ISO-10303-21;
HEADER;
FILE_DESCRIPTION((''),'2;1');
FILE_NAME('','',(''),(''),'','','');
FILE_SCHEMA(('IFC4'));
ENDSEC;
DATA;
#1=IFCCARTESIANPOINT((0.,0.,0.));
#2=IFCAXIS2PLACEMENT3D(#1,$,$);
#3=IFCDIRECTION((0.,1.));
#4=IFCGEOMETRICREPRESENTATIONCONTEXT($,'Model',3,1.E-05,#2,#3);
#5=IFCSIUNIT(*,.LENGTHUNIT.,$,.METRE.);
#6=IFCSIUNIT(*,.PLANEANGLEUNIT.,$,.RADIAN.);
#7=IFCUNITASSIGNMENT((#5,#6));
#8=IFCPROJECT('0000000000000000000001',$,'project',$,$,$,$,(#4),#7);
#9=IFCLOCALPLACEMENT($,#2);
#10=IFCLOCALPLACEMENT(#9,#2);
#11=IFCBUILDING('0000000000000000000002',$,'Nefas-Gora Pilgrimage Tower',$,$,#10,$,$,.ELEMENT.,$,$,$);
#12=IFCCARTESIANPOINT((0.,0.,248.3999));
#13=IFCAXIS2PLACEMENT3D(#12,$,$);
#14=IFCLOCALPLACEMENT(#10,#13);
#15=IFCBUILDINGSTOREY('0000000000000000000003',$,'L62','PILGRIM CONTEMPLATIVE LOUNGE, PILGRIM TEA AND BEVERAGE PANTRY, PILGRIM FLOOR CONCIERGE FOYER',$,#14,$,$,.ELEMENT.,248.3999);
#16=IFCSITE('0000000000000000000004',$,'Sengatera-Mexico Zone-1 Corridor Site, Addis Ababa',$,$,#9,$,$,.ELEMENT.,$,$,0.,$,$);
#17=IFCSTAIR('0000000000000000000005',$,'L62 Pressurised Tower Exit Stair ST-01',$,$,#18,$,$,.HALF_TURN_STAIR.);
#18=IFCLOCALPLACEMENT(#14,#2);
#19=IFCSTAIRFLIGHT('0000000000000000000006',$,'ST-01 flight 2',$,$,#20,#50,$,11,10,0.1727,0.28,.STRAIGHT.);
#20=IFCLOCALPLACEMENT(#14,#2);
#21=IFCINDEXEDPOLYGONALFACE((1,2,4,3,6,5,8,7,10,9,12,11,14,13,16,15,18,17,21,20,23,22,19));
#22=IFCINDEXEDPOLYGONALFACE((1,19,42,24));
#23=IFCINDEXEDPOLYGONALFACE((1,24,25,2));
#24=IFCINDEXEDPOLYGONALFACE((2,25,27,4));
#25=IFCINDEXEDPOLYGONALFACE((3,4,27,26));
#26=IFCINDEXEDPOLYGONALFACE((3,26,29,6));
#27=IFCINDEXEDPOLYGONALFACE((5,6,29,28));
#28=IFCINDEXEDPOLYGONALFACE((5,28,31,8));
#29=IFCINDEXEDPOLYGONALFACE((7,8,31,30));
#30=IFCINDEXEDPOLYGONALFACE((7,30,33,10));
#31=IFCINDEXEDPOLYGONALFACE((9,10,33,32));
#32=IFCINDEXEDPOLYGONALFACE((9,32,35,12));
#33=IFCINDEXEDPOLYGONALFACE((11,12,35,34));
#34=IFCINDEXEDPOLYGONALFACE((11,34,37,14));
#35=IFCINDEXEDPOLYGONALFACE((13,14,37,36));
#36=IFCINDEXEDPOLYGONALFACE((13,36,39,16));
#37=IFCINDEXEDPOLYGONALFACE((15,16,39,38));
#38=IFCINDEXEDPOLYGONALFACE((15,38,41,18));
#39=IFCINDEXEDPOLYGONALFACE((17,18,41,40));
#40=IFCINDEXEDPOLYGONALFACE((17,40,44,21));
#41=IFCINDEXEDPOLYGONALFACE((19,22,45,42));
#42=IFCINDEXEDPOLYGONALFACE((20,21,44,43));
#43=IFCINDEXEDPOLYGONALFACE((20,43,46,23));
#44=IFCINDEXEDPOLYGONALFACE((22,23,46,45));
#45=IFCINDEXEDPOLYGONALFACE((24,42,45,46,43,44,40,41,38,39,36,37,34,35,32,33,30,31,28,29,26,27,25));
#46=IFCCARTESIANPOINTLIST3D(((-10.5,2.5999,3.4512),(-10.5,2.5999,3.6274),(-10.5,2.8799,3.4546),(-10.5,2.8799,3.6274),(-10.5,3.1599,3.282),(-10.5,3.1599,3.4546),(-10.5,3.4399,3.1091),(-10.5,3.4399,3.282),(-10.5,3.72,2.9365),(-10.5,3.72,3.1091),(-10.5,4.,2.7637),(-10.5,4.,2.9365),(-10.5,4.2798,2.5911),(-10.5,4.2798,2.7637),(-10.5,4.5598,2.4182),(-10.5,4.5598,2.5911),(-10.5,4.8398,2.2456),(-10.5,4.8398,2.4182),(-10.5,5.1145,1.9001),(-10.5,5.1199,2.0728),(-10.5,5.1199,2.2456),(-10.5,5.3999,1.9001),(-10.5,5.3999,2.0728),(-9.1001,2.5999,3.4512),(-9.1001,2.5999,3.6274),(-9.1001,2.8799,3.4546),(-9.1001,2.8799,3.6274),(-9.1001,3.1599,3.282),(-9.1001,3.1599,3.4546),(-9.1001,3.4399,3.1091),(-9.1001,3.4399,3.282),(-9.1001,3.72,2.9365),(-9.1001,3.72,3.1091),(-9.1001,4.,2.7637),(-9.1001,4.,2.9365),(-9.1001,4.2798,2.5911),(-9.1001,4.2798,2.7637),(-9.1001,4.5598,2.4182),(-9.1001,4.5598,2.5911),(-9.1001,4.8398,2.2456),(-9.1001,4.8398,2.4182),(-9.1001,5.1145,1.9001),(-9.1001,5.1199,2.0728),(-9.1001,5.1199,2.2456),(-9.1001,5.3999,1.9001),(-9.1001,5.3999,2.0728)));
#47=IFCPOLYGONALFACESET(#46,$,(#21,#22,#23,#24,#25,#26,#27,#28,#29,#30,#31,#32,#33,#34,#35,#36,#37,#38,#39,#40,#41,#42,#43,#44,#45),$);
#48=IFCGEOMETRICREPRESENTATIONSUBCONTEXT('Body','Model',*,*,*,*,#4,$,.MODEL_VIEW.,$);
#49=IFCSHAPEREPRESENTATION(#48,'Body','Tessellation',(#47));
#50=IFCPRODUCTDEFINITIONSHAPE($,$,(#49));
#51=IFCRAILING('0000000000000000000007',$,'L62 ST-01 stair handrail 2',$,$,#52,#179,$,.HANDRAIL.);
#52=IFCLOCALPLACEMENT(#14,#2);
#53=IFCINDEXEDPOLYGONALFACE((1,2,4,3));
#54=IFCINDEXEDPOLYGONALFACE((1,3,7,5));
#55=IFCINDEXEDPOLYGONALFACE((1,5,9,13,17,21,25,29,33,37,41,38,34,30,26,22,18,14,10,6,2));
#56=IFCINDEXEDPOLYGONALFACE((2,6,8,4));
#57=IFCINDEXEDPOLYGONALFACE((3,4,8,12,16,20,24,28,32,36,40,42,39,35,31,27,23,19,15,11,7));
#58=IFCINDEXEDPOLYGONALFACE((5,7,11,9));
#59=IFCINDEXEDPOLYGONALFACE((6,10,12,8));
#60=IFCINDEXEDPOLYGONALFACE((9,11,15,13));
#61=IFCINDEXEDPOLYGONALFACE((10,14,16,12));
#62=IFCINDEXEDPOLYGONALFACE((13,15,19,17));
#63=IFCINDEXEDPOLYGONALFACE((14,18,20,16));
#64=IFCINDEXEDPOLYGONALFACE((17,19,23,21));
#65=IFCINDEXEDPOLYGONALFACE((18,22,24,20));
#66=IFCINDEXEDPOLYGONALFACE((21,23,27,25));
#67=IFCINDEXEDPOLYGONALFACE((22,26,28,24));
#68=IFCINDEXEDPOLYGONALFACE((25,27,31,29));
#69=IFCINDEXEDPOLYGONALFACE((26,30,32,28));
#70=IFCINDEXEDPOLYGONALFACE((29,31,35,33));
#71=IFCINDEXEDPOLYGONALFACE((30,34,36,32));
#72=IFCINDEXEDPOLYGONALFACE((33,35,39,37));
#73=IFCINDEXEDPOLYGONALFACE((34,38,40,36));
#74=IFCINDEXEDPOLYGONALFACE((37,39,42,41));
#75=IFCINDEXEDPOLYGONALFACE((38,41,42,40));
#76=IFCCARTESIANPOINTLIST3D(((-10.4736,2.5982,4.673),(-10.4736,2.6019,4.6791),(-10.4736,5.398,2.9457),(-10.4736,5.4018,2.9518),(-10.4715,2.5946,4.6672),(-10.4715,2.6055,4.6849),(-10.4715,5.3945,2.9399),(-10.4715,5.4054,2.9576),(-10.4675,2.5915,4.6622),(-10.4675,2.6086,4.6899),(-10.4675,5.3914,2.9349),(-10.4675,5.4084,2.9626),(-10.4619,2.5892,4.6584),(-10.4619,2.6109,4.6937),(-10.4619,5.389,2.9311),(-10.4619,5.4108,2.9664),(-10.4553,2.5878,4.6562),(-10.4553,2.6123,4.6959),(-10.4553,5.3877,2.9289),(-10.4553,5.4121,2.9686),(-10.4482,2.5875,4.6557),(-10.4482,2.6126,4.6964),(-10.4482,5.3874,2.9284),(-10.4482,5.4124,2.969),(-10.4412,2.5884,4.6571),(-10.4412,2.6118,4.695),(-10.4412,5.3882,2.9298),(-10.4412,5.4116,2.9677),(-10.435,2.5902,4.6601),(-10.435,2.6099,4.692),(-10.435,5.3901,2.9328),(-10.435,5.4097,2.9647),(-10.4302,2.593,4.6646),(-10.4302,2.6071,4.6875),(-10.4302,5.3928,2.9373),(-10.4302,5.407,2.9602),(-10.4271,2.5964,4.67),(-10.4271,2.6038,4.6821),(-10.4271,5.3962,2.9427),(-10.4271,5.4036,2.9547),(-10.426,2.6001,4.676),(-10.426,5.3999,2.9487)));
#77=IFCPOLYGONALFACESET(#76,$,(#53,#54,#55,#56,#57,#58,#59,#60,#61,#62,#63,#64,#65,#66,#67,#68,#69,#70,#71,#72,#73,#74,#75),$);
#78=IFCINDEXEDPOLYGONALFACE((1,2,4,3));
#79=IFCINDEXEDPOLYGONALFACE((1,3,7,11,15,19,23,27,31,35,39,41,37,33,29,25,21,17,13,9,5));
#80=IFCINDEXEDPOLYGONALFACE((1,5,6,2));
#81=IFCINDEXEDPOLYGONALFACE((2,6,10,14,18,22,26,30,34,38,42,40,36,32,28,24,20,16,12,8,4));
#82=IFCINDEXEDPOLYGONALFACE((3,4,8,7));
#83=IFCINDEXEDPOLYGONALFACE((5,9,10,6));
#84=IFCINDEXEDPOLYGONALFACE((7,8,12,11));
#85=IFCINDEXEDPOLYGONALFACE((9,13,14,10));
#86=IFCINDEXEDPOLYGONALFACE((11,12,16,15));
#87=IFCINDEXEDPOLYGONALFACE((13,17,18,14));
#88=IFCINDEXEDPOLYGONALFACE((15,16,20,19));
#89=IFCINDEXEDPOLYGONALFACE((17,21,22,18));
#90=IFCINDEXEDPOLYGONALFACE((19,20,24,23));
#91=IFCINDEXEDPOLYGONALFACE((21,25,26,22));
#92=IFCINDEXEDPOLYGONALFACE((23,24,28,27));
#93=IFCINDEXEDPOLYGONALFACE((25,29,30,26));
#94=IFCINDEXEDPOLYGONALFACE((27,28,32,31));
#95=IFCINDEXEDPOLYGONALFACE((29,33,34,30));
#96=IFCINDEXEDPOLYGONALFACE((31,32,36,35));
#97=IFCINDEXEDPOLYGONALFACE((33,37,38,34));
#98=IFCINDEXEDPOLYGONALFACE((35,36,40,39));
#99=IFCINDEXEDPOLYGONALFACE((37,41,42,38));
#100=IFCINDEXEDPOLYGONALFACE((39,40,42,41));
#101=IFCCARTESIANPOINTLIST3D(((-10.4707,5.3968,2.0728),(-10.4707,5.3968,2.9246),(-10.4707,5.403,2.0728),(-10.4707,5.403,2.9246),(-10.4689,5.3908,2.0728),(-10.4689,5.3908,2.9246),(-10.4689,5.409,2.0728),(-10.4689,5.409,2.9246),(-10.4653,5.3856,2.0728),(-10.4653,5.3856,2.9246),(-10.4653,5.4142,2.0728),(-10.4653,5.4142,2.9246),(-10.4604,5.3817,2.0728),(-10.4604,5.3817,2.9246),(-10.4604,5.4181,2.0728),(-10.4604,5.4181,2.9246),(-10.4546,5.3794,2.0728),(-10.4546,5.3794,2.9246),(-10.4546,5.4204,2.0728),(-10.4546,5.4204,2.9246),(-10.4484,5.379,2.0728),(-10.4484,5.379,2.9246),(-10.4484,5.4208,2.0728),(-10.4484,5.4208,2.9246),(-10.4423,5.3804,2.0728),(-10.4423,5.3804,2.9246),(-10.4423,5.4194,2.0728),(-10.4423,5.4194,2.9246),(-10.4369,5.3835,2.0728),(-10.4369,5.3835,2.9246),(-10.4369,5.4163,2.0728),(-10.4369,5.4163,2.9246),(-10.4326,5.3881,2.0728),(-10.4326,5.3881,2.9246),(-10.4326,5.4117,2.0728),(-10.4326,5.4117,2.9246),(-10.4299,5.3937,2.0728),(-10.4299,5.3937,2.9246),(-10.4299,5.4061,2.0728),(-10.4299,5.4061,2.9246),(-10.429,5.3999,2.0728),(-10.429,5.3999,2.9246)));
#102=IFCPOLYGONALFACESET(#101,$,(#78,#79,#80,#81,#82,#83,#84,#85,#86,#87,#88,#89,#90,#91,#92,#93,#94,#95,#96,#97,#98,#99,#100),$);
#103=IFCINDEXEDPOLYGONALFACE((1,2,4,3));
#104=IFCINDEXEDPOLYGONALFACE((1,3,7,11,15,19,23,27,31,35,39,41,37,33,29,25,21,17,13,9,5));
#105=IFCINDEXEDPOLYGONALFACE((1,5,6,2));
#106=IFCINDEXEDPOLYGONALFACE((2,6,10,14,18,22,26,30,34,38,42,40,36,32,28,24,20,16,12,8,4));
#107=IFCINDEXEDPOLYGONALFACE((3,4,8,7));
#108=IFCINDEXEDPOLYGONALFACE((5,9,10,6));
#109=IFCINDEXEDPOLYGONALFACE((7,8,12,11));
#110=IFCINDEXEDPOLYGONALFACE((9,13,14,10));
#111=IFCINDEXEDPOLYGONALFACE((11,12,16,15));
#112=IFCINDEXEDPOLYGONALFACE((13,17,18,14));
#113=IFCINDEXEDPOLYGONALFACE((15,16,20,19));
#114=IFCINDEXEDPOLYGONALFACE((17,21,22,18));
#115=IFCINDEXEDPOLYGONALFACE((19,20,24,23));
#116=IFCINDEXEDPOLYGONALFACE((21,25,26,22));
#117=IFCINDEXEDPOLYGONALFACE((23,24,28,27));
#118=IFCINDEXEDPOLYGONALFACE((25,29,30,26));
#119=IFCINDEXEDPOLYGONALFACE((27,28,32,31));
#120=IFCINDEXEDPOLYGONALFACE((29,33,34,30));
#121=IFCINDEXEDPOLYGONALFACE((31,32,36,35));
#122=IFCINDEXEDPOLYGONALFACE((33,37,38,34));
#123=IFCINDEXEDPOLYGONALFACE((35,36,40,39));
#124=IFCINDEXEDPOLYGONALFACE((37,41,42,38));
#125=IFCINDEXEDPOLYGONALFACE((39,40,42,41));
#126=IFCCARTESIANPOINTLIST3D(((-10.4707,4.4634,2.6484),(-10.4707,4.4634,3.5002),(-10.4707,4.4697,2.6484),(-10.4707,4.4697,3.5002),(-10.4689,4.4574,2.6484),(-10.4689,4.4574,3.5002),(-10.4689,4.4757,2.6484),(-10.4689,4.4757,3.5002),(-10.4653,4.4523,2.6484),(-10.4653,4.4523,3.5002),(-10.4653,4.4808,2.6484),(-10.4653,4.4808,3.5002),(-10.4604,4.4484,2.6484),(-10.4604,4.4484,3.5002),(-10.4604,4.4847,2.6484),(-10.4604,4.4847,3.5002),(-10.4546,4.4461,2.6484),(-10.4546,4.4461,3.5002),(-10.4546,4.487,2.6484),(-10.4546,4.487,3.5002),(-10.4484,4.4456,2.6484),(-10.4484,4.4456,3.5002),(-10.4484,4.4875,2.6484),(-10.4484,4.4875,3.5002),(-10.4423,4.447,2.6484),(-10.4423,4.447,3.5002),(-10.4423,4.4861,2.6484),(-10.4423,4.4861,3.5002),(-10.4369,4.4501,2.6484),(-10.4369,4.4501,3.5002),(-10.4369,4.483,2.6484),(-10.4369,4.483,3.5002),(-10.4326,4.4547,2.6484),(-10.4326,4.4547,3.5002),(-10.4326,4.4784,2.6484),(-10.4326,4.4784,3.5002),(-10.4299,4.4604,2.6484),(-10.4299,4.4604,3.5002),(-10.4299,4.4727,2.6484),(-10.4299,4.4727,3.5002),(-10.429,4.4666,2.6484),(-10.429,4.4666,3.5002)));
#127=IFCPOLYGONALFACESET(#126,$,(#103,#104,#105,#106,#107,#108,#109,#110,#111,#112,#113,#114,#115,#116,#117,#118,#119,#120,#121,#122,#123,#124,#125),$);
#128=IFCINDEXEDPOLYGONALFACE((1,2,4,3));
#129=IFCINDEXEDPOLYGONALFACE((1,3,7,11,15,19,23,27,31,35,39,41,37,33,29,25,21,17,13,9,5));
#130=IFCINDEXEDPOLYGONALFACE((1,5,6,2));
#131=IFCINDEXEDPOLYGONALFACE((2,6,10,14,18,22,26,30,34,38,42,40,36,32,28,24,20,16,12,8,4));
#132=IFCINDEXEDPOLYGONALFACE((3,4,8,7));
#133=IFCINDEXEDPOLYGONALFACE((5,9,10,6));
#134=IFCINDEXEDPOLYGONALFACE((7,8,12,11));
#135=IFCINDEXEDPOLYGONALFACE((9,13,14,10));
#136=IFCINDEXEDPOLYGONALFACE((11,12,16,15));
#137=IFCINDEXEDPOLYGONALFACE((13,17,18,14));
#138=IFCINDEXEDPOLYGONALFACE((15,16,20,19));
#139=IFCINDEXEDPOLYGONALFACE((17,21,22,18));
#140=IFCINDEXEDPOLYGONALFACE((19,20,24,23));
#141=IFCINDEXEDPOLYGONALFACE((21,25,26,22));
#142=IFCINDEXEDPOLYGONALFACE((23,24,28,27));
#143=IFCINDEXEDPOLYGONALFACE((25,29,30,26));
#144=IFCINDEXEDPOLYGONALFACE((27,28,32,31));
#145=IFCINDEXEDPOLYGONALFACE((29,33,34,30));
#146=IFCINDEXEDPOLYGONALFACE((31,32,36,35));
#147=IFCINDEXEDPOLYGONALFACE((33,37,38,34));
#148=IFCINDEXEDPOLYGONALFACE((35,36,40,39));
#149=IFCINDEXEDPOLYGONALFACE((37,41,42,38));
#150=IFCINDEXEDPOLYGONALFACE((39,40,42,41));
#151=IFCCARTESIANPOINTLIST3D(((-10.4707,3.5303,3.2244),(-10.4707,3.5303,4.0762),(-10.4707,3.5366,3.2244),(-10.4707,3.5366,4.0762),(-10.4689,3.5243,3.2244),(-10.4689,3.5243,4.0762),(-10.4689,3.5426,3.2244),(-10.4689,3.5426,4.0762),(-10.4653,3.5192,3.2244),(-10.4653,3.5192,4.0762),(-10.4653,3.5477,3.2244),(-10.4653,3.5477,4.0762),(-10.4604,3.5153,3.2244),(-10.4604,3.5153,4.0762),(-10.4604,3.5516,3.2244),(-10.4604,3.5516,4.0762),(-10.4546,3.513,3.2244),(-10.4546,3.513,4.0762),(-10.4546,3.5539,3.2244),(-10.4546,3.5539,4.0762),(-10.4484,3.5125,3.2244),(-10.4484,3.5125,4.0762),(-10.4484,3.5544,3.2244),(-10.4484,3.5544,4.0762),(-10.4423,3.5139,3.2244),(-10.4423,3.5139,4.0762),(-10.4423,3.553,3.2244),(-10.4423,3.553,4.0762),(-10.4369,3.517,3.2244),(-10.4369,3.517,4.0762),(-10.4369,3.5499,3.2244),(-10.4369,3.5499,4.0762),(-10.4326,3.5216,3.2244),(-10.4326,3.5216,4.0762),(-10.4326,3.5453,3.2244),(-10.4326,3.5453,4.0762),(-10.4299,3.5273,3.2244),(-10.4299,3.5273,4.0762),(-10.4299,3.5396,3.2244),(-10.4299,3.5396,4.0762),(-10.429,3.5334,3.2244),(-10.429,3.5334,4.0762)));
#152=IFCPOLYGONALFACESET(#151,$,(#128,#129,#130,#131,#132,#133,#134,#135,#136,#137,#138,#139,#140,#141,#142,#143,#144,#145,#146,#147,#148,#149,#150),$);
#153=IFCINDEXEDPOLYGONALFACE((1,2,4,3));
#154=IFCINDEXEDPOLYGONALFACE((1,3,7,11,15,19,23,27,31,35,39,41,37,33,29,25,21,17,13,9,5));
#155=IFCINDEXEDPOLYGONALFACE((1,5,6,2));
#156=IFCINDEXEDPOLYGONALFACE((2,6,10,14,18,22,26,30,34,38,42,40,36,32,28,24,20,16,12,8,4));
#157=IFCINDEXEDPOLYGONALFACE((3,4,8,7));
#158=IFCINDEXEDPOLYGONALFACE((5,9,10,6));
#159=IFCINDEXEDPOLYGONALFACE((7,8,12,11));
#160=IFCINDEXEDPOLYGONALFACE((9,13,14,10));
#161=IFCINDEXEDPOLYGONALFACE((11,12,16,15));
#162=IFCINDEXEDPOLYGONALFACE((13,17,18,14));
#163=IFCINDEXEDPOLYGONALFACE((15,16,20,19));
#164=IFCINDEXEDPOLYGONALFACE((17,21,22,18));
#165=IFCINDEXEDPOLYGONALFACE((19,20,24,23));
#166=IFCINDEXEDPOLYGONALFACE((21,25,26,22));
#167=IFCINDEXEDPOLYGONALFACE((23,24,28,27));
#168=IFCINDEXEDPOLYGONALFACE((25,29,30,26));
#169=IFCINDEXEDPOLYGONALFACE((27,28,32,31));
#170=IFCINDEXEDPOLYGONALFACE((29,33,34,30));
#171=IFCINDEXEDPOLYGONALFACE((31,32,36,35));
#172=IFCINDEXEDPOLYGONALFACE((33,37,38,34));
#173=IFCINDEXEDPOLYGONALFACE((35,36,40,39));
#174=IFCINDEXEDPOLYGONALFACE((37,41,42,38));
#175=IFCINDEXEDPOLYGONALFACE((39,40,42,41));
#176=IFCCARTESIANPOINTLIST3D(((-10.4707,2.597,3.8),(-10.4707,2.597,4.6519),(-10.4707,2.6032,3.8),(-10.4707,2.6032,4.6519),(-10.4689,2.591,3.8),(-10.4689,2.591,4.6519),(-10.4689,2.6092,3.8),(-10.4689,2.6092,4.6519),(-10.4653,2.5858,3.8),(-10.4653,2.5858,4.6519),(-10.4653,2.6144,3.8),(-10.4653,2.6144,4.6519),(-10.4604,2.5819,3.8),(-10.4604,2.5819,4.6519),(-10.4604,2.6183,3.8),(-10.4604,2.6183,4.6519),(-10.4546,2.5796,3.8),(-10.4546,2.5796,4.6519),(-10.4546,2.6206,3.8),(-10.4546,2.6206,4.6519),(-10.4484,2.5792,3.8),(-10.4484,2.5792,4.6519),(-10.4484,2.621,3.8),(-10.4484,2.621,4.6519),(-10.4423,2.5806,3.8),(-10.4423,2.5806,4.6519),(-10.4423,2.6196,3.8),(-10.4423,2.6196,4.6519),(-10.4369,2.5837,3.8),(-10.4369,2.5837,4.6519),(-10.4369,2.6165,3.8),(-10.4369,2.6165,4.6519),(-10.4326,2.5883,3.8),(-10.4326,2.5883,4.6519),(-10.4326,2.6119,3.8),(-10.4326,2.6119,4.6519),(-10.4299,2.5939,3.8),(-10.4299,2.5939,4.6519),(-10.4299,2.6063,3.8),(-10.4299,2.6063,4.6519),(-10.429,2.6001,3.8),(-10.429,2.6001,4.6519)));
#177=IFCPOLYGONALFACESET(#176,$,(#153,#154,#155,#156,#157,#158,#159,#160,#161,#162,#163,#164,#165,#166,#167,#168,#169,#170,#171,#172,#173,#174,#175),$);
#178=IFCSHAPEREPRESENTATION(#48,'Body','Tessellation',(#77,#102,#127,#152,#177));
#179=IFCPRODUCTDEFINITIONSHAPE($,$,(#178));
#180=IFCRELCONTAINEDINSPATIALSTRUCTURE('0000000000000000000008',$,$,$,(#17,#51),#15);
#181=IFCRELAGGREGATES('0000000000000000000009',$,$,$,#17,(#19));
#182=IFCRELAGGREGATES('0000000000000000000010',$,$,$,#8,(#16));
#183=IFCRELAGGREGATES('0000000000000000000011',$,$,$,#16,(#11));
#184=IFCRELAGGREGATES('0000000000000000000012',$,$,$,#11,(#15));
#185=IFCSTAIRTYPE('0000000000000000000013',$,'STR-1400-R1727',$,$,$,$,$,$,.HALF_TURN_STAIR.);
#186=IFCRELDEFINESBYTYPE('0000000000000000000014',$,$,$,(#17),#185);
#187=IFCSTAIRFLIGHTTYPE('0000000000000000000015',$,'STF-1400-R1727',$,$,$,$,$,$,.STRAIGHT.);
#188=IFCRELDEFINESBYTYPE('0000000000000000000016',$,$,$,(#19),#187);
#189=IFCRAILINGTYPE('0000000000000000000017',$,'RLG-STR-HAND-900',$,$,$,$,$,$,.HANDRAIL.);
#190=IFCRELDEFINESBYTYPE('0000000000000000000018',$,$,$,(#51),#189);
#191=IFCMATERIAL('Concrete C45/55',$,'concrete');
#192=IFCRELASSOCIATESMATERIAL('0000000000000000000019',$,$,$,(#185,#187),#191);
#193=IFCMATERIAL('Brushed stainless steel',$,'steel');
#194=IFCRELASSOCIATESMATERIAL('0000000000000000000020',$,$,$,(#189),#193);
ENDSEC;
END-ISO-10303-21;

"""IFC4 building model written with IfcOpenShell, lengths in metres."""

from ifc_helpers import new_model, si_unit, direction, frame, origin, origin_2d, place, context, subcontext, project, spatial, polyline, circle, outline, extrude, source, transform, mapped, material, type_object, element, aggregate, save


model = new_model("IFC4")

# Units and contexts
model_context = context("Model", 3, precision=1e-05, world=origin(), true_north=direction((0.0, 1.0)))
body_context = subcontext(model_context, "Body", "Model", "MODEL_VIEW")
ifc_project = project(units=[si_unit("LENGTHUNIT", "METRE"), si_unit("PLANEANGLEUNIT", "RADIAN")], contexts=[model_context])

# Site, building, storey
site_placement = place(None, origin())
site = spatial("IfcSite", under=ifc_project, at=site_placement, Name="Sengatera-Mexico Zone-1 Corridor Site, Addis Ababa", CompositionType="ELEMENT", RefElevation=0.0)
building_placement = place(site_placement, origin())
building = spatial("IfcBuilding", under=site, at=building_placement, Name="Nefas-Gora Pilgrimage Tower", CompositionType="ELEMENT")
storey_placement = place(building_placement, frame((0.0, 0.0, 248.3999)))
storey = spatial("IfcBuildingStorey", under=building, at=storey_placement, Name="L62", Description="PILGRIM CONTEMPLATIVE LOUNGE, PILGRIM TEA AND BEVERAGE PANTRY, PILGRIM FLOOR CONCIERGE FOYER", CompositionType="ELEMENT", Elevation=248.3999)

# Shared definitions
ifc_material_1 = material(Name="Concrete C45/55", Category="concrete")

# Stair, stair flight
stair_type = type_object("IfcStairType", Name="STR-1400-R1727", PredefinedType="HALF_TURN_STAIR", material=ifc_material_1)
stair_placement = place(storey_placement, origin())
stair = element("IfcStair", 1, at=stair_placement, inside=storey, type_object=stair_type, Name="L62 Pressurised Tower Exit Stair ST-01", PredefinedType="HALF_TURN_STAIR")
stair_flight_type = type_object("IfcStairFlightType", Name="STF-1400-R1727", PredefinedType="STRAIGHT", material=ifc_material_1)
shared_shape_1 = source(origin(), body_context, "Body", "SweptSolid", [
    extrude(outline(polyline([(0.0, 0.0), (0.0, 0.1726), (0.28, 0.1726), (0.28, 0.3455), (0.5601, 0.3455), (0.5601, 0.5181), (0.8401, 0.5181), (0.8401, 0.6909), (1.1201, 0.6909), (1.1201, 0.8635), (1.3999, 0.8635), (1.3999, 1.0364), (1.6799, 1.0364), (1.6799, 1.209), (1.96, 1.209), (1.96, 1.3818), (2.24, 1.3818), (2.24, 1.5544), (2.52, 1.5544), (2.52, 1.7273), (2.8, 1.7273), (2.8, 1.8999), (2.8, 1.551), (0.2854, 0.0), (0.0, 0.0)])), frame((0.0, 0.7, 0.0), z_axis=(0.0, -1.0, 0.0), x_axis=(1.0, 0.0, 0.0)), (0.0, 0.0, 1.0), 1.3999),
])
stair_flight_placement = place(storey_placement, frame((-9.8, 5.3999, 1.9001), z_axis=(0.0, 0.0, 1.0), x_axis=(0.0, -1.0, 0.0)))
stair_flight = element("IfcStairFlight", 2, at=stair_flight_placement, type_object=stair_flight_type, Name="ST-01 flight 2", NumberOfRisers=11, NumberOfTreads=10, PredefinedType="STRAIGHT", RiserHeight=0.1727, TreadLength=0.28, context=body_context, shape_type="MappedRepresentation", body=[
    mapped(shared_shape_1, transform((0.0, 0.0, 0.0), x_axis=(1.0, 0.0, 0.0), y_axis=(0.0, 1.0, 0.0), z_axis=(0.0, 0.0, 1.0), scale=1.0)),
])
aggregate(stair, [stair_flight])

# Railing
ifc_material_2 = material(Name="Brushed stainless steel", Category="steel")
railing_type = type_object("IfcRailingType", Name="RLG-STR-HAND-900", PredefinedType="HANDRAIL", material=ifc_material_2)
railing_placement = place(storey_placement, frame((-10.45, 5.3999, 2.0728)))
element("IfcRailing", 3, at=railing_placement, inside=storey, type_object=railing_type, Name="L62 ST-01 stair handrail 2", PredefinedType="HANDRAIL", context=body_context, shape_type="SweptSolid", body=[
    extrude(circle(Radius=0.0239, at=origin_2d()), frame((0.0, 0.0, 0.876), z_axis=(0.0, -0.851069, 0.525054), x_axis=(1.0, 0.0, 0.0)), (0.0, 0.0, 1.0), 3.2898),
    extrude(circle(Radius=0.021, at=origin_2d()), origin(), (0.0, 0.0, 1.0), 0.8518),
    extrude(circle(Radius=0.021, at=origin_2d()), frame((0.0, -0.9333, 0.5757)), (0.0, 0.0, 1.0), 0.8518),
    extrude(circle(Radius=0.021, at=origin_2d()), frame((0.0, -1.8665, 1.1516)), (0.0, 0.0, 1.0), 0.8518),
    extrude(circle(Radius=0.021, at=origin_2d()), frame((0.0, -2.7998, 1.7273)), (0.0, 0.0, 1.0), 0.8518),
])

save(model, "model.ifc")
